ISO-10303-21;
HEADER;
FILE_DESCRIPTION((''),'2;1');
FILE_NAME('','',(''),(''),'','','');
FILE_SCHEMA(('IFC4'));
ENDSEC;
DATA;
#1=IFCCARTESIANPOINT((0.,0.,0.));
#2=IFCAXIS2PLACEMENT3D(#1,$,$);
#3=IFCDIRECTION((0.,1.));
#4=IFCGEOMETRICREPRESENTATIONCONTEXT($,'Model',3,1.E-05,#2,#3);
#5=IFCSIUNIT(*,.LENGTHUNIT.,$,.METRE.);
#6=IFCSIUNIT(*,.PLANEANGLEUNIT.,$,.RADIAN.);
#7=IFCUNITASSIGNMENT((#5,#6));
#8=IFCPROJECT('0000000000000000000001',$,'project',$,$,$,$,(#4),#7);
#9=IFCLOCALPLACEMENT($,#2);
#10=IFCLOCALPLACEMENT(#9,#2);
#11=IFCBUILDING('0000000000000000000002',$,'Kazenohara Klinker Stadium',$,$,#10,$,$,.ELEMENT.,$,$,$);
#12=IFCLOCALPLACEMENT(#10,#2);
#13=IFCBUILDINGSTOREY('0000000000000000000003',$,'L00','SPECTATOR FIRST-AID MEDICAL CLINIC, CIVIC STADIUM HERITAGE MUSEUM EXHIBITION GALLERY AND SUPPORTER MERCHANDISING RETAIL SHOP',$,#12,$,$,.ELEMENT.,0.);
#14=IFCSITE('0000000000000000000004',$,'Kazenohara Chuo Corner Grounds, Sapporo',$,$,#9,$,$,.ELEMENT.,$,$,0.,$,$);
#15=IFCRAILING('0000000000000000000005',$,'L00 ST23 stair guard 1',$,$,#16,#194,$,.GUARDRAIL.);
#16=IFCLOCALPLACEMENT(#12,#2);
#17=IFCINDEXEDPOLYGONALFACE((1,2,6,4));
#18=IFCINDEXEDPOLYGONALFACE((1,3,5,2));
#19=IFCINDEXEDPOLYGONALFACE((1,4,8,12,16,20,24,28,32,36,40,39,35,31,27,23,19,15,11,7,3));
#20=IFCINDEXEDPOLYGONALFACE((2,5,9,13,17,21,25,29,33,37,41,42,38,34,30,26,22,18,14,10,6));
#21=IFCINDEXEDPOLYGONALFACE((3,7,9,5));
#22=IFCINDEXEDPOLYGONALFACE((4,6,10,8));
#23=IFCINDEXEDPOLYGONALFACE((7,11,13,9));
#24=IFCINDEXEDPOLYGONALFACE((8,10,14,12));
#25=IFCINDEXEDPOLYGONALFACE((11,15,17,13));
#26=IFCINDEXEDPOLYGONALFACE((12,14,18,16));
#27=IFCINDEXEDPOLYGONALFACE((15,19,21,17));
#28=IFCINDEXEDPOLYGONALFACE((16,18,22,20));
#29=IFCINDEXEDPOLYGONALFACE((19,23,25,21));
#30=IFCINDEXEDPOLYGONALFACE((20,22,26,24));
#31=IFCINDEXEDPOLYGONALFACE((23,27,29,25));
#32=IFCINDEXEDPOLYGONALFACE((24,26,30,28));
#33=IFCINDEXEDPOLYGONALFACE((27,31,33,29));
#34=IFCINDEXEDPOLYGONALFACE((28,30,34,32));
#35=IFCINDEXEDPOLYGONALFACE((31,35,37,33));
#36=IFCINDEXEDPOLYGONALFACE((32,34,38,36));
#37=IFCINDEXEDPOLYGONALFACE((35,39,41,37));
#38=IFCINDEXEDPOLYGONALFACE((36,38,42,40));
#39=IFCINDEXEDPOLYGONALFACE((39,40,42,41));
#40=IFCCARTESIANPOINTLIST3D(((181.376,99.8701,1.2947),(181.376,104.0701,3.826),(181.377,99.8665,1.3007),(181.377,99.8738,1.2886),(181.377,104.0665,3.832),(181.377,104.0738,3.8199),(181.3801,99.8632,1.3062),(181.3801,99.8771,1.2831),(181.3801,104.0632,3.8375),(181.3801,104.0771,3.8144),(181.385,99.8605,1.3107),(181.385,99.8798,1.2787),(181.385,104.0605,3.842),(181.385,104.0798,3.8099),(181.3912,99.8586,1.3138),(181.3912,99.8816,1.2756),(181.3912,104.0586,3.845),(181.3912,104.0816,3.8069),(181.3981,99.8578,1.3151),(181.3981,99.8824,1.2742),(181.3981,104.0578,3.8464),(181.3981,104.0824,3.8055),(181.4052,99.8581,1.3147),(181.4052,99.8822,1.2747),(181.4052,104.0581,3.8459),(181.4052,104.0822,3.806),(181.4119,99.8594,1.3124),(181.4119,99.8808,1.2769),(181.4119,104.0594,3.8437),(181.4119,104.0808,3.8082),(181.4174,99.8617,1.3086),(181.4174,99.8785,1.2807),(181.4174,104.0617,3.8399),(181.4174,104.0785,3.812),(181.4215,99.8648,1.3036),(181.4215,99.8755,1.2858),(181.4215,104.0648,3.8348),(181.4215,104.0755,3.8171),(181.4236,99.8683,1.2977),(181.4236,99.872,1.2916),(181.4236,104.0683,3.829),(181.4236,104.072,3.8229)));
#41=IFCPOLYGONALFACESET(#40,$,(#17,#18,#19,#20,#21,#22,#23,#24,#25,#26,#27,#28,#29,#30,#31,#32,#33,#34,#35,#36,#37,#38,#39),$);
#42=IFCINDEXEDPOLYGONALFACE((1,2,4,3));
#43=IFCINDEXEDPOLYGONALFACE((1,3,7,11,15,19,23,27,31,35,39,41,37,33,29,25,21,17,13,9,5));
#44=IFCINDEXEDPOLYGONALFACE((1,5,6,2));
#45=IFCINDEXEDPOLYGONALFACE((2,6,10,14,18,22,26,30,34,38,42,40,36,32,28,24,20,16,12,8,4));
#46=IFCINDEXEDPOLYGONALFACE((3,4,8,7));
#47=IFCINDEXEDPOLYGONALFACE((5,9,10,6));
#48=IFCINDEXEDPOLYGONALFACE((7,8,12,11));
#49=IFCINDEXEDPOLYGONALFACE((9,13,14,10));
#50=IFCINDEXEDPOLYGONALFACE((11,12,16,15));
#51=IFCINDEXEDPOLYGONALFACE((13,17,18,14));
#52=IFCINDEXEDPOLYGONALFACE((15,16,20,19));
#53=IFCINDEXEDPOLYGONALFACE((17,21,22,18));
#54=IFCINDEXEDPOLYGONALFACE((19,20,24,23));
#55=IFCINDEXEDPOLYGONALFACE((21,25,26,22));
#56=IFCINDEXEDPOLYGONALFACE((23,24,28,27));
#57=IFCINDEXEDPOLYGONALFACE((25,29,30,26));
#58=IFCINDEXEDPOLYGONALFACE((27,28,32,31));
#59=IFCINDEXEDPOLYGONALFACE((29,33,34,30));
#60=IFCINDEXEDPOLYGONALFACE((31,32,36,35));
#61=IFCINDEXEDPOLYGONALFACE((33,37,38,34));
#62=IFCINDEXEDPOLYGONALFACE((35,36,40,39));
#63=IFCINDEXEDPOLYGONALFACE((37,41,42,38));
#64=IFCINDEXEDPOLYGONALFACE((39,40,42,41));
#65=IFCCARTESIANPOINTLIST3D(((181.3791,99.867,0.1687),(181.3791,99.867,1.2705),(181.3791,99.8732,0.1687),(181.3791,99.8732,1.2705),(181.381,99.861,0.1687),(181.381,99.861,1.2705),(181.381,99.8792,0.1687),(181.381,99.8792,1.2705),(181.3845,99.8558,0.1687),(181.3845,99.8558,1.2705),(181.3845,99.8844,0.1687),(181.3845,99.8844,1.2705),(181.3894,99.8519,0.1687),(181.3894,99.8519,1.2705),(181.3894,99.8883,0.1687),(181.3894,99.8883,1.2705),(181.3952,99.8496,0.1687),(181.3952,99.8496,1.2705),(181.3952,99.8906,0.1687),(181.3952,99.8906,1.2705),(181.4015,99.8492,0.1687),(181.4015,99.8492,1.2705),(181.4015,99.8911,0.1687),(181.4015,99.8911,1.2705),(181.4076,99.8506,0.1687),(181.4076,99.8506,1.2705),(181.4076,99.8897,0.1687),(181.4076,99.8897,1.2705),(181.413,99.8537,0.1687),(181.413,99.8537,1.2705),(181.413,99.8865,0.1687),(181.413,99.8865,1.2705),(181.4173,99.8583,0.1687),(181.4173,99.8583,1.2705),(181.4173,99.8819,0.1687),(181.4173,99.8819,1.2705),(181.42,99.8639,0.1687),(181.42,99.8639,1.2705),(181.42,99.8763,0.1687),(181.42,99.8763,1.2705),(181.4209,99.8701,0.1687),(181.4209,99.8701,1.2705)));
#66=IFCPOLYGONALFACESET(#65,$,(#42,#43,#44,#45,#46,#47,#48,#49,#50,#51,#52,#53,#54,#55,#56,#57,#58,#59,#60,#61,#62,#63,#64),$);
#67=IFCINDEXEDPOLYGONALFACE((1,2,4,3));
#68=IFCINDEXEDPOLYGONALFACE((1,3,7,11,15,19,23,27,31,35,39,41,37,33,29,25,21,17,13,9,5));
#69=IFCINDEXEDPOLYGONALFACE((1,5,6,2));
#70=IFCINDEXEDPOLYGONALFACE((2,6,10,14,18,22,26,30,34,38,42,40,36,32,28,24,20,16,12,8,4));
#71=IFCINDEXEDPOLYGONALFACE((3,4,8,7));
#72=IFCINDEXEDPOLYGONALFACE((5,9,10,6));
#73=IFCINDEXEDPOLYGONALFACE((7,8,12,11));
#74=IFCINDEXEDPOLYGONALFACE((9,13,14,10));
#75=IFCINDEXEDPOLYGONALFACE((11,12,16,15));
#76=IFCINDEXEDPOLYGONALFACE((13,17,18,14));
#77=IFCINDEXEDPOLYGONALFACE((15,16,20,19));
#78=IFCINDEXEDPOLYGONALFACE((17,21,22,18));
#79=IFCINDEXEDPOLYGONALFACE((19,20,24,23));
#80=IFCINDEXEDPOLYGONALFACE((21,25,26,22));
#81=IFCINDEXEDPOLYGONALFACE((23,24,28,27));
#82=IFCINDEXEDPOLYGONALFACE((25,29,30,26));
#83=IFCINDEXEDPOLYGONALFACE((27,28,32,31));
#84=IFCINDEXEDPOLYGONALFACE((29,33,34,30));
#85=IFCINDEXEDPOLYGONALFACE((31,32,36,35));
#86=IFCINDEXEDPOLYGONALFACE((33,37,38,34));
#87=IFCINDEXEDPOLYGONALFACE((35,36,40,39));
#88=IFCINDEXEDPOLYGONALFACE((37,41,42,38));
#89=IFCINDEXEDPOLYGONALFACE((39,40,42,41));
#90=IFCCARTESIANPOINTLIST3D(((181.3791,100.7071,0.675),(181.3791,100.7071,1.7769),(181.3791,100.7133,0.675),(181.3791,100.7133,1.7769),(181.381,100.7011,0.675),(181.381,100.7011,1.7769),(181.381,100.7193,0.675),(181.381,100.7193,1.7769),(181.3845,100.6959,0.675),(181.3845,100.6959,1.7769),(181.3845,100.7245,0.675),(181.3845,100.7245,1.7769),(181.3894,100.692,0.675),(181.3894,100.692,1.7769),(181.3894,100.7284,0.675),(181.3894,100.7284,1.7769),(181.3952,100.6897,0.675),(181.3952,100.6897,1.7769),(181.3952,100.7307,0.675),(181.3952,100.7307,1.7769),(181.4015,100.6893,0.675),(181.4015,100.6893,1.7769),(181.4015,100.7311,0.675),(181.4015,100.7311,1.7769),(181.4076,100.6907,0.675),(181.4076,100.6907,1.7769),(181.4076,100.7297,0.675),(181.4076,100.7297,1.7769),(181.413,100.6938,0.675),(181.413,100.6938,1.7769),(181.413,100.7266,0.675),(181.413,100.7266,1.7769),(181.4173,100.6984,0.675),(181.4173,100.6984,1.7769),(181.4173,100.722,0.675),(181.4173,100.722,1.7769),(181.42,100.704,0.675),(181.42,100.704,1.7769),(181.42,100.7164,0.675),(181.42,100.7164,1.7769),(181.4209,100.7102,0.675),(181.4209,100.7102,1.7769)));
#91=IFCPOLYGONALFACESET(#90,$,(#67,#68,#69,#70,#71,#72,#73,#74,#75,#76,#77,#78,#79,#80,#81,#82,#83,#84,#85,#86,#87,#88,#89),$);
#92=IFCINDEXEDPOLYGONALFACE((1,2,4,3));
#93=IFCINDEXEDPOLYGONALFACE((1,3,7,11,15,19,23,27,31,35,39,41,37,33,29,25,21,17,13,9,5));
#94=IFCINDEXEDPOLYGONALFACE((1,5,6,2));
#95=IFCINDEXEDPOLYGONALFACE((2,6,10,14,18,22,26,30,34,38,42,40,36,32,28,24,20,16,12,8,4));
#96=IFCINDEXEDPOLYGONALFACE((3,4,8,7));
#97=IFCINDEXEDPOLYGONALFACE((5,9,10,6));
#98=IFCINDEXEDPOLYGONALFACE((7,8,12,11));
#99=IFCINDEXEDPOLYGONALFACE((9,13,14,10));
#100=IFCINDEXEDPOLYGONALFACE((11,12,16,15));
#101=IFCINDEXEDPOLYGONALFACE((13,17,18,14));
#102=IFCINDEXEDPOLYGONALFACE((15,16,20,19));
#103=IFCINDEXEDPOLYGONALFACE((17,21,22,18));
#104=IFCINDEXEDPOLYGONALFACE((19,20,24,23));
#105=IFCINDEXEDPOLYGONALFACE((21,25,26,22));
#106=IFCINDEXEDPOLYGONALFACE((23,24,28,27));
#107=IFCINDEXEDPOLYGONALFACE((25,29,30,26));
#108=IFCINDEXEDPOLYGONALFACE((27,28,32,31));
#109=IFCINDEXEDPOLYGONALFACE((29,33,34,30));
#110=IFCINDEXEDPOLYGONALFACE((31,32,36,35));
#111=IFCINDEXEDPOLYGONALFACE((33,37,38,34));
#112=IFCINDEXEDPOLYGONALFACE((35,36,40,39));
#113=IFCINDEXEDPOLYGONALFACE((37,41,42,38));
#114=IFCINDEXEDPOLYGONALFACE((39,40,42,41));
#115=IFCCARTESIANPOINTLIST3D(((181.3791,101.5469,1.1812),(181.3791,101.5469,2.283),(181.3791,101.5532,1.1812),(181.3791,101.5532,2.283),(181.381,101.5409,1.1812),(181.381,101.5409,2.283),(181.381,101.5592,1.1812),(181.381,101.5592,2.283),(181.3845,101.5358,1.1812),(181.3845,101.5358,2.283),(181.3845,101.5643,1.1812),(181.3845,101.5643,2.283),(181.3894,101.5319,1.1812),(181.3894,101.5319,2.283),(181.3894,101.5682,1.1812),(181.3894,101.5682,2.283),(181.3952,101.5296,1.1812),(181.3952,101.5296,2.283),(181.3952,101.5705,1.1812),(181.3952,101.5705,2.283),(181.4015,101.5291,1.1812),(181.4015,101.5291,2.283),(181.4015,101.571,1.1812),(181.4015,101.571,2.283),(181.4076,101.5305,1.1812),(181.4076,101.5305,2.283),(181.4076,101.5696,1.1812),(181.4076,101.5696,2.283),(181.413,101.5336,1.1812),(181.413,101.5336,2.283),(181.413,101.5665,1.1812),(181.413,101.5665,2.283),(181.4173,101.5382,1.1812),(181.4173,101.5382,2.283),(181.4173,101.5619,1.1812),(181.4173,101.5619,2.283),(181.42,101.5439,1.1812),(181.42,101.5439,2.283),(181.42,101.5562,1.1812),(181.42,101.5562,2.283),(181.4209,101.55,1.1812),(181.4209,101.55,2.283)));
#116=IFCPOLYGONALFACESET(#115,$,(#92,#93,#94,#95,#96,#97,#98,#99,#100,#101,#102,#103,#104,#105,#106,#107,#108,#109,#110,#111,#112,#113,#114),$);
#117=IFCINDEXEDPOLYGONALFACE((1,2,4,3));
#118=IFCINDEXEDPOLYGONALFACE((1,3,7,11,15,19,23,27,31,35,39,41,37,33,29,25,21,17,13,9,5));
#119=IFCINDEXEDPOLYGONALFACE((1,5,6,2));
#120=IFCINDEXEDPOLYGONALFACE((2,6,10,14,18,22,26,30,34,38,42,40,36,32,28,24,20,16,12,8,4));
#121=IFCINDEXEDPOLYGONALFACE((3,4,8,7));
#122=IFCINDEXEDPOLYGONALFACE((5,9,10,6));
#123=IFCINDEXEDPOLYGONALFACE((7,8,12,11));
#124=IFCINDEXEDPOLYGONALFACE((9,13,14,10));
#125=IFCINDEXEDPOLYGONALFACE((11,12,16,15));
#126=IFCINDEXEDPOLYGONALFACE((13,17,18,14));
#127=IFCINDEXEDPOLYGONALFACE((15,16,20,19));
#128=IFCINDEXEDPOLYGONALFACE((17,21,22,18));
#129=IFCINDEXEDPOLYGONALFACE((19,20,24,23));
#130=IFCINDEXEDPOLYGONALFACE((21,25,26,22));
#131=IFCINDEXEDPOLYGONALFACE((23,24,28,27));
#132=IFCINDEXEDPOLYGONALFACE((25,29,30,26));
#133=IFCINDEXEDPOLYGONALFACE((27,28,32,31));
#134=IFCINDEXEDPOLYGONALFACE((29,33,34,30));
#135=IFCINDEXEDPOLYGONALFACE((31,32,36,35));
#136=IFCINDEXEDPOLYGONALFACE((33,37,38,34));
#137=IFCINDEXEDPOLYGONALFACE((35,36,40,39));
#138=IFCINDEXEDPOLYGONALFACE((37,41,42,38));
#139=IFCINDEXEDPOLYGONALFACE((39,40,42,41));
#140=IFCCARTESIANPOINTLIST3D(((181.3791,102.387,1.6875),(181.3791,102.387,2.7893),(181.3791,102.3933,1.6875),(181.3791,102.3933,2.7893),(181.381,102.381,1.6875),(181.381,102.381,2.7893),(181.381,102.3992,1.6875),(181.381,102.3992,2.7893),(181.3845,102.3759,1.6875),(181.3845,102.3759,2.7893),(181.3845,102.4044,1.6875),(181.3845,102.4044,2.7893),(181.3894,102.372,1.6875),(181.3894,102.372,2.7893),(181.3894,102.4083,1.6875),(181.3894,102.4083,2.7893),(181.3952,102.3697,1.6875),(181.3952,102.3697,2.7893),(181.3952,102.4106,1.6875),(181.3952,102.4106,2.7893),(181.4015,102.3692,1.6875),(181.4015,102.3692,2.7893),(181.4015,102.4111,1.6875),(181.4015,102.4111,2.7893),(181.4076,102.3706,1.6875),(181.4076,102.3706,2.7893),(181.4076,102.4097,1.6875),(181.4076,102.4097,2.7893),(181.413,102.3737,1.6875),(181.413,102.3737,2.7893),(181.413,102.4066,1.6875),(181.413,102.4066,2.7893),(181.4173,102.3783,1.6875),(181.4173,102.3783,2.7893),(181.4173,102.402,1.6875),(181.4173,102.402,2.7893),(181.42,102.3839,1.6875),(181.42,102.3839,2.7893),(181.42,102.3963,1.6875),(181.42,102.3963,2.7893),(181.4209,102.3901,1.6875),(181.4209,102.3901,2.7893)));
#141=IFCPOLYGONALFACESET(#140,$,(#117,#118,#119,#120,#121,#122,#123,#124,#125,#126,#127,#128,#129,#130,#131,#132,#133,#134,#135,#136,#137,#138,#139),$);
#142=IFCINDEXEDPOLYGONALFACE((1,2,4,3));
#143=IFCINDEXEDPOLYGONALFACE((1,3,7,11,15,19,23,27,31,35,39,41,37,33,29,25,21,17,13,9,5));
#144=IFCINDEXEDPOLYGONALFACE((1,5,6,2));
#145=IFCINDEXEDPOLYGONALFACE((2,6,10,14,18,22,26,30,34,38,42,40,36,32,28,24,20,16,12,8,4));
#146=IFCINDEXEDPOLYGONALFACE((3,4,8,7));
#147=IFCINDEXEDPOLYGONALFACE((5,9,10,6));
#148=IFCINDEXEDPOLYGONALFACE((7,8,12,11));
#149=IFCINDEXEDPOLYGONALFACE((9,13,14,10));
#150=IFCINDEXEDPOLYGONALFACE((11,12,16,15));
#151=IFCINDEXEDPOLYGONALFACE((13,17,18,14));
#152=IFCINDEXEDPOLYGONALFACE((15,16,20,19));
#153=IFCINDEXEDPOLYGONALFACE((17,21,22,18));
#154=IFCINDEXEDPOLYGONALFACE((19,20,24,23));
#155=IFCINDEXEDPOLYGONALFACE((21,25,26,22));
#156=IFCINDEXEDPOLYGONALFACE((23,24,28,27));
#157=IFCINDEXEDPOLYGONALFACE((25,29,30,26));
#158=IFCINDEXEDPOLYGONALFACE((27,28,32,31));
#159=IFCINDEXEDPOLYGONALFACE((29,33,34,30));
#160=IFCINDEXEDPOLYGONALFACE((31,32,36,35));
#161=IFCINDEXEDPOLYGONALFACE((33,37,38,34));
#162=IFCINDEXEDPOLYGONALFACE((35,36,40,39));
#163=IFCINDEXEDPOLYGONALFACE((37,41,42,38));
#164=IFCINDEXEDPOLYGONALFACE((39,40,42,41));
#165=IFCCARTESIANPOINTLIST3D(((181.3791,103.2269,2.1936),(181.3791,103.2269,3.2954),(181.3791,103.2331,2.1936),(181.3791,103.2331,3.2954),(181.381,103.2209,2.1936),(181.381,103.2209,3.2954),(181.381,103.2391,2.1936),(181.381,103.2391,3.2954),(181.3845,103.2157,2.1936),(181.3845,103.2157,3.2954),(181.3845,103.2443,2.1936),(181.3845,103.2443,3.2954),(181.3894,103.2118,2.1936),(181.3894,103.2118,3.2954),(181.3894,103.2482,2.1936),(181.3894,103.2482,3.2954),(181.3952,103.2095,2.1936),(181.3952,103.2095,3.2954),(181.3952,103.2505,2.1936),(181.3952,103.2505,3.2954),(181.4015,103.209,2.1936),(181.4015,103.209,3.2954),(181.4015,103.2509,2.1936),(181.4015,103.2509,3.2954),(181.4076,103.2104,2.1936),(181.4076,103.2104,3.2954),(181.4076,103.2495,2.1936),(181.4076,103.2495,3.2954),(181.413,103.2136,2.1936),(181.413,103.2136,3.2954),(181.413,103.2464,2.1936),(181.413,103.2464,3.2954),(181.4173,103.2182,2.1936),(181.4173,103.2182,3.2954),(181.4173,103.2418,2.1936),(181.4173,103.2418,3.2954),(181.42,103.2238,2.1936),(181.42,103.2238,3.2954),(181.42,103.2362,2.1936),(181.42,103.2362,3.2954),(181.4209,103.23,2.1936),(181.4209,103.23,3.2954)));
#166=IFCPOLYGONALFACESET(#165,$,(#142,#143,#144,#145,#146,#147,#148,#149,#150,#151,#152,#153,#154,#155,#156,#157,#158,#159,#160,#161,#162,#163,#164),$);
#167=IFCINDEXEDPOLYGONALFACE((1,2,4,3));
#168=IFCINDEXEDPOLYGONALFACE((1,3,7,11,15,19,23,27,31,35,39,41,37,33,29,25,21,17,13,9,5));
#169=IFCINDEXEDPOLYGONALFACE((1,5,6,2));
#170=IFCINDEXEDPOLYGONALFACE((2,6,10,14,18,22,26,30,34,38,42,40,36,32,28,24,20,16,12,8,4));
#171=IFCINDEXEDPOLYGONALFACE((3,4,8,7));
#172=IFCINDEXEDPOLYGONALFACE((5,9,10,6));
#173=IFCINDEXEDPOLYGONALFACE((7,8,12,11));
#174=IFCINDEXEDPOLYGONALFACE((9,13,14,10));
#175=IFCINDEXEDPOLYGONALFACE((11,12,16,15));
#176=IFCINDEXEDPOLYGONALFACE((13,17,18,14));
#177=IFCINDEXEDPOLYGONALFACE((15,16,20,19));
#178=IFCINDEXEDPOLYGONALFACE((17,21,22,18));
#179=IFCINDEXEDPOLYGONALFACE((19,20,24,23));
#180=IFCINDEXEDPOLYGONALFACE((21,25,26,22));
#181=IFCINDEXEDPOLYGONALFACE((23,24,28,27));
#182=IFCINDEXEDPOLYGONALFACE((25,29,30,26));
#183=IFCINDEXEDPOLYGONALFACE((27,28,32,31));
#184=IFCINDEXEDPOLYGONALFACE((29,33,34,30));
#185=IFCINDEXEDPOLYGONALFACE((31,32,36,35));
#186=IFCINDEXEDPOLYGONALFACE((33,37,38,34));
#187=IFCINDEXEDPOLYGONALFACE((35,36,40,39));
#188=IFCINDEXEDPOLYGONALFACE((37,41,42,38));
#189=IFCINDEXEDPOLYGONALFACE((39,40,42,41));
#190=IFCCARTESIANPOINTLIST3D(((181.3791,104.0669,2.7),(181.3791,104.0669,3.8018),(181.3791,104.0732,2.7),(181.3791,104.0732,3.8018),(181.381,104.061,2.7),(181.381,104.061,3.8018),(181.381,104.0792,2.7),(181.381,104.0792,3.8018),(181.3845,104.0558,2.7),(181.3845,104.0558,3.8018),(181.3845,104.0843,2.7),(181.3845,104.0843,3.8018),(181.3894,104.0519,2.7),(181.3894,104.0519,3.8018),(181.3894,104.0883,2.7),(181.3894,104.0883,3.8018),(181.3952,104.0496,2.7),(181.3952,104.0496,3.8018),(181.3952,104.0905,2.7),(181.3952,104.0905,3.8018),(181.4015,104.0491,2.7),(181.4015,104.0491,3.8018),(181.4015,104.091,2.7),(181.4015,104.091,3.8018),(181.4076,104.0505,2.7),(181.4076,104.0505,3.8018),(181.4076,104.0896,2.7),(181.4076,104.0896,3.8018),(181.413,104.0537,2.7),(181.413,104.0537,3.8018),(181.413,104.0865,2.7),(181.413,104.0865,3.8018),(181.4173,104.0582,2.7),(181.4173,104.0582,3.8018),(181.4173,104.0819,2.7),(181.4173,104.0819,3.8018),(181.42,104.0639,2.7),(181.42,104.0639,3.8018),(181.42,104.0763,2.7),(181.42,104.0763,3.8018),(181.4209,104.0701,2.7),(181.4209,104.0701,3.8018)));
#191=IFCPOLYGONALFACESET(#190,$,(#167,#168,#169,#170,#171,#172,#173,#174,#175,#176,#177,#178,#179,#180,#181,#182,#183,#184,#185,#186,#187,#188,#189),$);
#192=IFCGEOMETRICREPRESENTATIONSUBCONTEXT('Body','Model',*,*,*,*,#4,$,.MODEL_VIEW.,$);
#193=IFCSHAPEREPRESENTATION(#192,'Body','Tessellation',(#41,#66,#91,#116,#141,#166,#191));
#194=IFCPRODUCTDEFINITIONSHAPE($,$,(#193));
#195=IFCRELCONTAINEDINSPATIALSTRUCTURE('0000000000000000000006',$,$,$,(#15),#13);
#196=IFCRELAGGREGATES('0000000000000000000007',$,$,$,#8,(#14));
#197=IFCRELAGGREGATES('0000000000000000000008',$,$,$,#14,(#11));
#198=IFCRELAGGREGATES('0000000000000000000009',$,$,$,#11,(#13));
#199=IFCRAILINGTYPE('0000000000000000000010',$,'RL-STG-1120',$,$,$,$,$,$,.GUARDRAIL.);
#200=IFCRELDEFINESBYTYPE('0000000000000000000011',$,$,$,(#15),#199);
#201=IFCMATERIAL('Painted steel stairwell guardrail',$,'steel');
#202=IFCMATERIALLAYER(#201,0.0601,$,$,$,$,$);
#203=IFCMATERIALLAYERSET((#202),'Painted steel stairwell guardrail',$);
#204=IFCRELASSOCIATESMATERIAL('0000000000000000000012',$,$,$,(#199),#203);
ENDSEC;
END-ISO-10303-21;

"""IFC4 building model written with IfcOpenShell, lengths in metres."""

from ifc_helpers import new_model, si_unit, direction, frame, origin, origin_2d, place, context, subcontext, project, spatial, circle, extrude, material, layer, layer_set, type_object, element, save


model = new_model("IFC4")

# Units and contexts
model_context = context("Model", 3, precision=1e-05, world=origin(), true_north=direction((0.0, 1.0)))
body_context = subcontext(model_context, "Body", "Model", "MODEL_VIEW")
ifc_project = project(units=[si_unit("LENGTHUNIT", "METRE"), si_unit("PLANEANGLEUNIT", "RADIAN")], contexts=[model_context])

# Site, building, storey
site_placement = place(None, origin())
site = spatial("IfcSite", under=ifc_project, at=site_placement, Name="Kazenohara Chuo Corner Grounds, Sapporo", CompositionType="ELEMENT", RefElevation=0.0)
building_placement = place(site_placement, origin())
building = spatial("IfcBuilding", under=site, at=building_placement, Name="Kazenohara Klinker Stadium", CompositionType="ELEMENT")
storey_placement = place(building_placement, origin())
storey = spatial("IfcBuildingStorey", under=building, at=storey_placement, Name="L00", Description="SPECTATOR FIRST-AID MEDICAL CLINIC, CIVIC STADIUM HERITAGE MUSEUM EXHIBITION GALLERY AND SUPPORTER MERCHANDISING RETAIL SHOP", CompositionType="ELEMENT", Elevation=0.0)

# Railing
ifc_material_1 = material(Name="Painted steel stairwell guardrail", Category="steel")
ifc_layer_1 = layer(ifc_material_1, 0.0601)
ifc_layer_set_1 = layer_set([ifc_layer_1], Name="Painted steel stairwell guardrail")
railing_type_1 = type_object("IfcRailingType", Name="RL-STG-1120", PredefinedType="GUARDRAIL", material=ifc_layer_set_1)
railing_1_placement = place(storey_placement, frame((181.3999, 99.8701, 0.1687)))
element("IfcRailing", 1, at=railing_1_placement, inside=storey, type_object=railing_type_1, Name="L00 ST23 stair guard 1", PredefinedType="GUARDRAIL", context=body_context, shape_type="SweptSolid", body=[
    extrude(circle(Radius=0.0239, at=origin_2d()), frame((0.0, 0.0, 1.126), z_axis=(0.0, 0.856476, 0.516186), x_axis=(-1.0, 0.0, 0.0)), (0.0, 0.0, 1.0), 4.9038),
    extrude(circle(Radius=0.021, at=origin_2d()), origin(), (0.0, 0.0, 1.0), 1.1018),
    extrude(circle(Radius=0.021, at=origin_2d()), frame((0.0, 0.8401, 0.5063)), (0.0, 0.0, 1.0), 1.1018),
    extrude(circle(Radius=0.021, at=origin_2d()), frame((0.0, 1.6799, 1.0125)), (0.0, 0.0, 1.0), 1.1018),
    extrude(circle(Radius=0.021, at=origin_2d()), frame((0.0, 2.52, 1.5188)), (0.0, 0.0, 1.0), 1.1018),
    extrude(circle(Radius=0.021, at=origin_2d()), frame((0.0, 3.3599, 2.0249)), (0.0, 0.0, 1.0), 1.1018),
    extrude(circle(Radius=0.021, at=origin_2d()), frame((0.0, 4.2, 2.5312)), (0.0, 0.0, 1.0), 1.1018),
])

save(model, "model.ifc")
